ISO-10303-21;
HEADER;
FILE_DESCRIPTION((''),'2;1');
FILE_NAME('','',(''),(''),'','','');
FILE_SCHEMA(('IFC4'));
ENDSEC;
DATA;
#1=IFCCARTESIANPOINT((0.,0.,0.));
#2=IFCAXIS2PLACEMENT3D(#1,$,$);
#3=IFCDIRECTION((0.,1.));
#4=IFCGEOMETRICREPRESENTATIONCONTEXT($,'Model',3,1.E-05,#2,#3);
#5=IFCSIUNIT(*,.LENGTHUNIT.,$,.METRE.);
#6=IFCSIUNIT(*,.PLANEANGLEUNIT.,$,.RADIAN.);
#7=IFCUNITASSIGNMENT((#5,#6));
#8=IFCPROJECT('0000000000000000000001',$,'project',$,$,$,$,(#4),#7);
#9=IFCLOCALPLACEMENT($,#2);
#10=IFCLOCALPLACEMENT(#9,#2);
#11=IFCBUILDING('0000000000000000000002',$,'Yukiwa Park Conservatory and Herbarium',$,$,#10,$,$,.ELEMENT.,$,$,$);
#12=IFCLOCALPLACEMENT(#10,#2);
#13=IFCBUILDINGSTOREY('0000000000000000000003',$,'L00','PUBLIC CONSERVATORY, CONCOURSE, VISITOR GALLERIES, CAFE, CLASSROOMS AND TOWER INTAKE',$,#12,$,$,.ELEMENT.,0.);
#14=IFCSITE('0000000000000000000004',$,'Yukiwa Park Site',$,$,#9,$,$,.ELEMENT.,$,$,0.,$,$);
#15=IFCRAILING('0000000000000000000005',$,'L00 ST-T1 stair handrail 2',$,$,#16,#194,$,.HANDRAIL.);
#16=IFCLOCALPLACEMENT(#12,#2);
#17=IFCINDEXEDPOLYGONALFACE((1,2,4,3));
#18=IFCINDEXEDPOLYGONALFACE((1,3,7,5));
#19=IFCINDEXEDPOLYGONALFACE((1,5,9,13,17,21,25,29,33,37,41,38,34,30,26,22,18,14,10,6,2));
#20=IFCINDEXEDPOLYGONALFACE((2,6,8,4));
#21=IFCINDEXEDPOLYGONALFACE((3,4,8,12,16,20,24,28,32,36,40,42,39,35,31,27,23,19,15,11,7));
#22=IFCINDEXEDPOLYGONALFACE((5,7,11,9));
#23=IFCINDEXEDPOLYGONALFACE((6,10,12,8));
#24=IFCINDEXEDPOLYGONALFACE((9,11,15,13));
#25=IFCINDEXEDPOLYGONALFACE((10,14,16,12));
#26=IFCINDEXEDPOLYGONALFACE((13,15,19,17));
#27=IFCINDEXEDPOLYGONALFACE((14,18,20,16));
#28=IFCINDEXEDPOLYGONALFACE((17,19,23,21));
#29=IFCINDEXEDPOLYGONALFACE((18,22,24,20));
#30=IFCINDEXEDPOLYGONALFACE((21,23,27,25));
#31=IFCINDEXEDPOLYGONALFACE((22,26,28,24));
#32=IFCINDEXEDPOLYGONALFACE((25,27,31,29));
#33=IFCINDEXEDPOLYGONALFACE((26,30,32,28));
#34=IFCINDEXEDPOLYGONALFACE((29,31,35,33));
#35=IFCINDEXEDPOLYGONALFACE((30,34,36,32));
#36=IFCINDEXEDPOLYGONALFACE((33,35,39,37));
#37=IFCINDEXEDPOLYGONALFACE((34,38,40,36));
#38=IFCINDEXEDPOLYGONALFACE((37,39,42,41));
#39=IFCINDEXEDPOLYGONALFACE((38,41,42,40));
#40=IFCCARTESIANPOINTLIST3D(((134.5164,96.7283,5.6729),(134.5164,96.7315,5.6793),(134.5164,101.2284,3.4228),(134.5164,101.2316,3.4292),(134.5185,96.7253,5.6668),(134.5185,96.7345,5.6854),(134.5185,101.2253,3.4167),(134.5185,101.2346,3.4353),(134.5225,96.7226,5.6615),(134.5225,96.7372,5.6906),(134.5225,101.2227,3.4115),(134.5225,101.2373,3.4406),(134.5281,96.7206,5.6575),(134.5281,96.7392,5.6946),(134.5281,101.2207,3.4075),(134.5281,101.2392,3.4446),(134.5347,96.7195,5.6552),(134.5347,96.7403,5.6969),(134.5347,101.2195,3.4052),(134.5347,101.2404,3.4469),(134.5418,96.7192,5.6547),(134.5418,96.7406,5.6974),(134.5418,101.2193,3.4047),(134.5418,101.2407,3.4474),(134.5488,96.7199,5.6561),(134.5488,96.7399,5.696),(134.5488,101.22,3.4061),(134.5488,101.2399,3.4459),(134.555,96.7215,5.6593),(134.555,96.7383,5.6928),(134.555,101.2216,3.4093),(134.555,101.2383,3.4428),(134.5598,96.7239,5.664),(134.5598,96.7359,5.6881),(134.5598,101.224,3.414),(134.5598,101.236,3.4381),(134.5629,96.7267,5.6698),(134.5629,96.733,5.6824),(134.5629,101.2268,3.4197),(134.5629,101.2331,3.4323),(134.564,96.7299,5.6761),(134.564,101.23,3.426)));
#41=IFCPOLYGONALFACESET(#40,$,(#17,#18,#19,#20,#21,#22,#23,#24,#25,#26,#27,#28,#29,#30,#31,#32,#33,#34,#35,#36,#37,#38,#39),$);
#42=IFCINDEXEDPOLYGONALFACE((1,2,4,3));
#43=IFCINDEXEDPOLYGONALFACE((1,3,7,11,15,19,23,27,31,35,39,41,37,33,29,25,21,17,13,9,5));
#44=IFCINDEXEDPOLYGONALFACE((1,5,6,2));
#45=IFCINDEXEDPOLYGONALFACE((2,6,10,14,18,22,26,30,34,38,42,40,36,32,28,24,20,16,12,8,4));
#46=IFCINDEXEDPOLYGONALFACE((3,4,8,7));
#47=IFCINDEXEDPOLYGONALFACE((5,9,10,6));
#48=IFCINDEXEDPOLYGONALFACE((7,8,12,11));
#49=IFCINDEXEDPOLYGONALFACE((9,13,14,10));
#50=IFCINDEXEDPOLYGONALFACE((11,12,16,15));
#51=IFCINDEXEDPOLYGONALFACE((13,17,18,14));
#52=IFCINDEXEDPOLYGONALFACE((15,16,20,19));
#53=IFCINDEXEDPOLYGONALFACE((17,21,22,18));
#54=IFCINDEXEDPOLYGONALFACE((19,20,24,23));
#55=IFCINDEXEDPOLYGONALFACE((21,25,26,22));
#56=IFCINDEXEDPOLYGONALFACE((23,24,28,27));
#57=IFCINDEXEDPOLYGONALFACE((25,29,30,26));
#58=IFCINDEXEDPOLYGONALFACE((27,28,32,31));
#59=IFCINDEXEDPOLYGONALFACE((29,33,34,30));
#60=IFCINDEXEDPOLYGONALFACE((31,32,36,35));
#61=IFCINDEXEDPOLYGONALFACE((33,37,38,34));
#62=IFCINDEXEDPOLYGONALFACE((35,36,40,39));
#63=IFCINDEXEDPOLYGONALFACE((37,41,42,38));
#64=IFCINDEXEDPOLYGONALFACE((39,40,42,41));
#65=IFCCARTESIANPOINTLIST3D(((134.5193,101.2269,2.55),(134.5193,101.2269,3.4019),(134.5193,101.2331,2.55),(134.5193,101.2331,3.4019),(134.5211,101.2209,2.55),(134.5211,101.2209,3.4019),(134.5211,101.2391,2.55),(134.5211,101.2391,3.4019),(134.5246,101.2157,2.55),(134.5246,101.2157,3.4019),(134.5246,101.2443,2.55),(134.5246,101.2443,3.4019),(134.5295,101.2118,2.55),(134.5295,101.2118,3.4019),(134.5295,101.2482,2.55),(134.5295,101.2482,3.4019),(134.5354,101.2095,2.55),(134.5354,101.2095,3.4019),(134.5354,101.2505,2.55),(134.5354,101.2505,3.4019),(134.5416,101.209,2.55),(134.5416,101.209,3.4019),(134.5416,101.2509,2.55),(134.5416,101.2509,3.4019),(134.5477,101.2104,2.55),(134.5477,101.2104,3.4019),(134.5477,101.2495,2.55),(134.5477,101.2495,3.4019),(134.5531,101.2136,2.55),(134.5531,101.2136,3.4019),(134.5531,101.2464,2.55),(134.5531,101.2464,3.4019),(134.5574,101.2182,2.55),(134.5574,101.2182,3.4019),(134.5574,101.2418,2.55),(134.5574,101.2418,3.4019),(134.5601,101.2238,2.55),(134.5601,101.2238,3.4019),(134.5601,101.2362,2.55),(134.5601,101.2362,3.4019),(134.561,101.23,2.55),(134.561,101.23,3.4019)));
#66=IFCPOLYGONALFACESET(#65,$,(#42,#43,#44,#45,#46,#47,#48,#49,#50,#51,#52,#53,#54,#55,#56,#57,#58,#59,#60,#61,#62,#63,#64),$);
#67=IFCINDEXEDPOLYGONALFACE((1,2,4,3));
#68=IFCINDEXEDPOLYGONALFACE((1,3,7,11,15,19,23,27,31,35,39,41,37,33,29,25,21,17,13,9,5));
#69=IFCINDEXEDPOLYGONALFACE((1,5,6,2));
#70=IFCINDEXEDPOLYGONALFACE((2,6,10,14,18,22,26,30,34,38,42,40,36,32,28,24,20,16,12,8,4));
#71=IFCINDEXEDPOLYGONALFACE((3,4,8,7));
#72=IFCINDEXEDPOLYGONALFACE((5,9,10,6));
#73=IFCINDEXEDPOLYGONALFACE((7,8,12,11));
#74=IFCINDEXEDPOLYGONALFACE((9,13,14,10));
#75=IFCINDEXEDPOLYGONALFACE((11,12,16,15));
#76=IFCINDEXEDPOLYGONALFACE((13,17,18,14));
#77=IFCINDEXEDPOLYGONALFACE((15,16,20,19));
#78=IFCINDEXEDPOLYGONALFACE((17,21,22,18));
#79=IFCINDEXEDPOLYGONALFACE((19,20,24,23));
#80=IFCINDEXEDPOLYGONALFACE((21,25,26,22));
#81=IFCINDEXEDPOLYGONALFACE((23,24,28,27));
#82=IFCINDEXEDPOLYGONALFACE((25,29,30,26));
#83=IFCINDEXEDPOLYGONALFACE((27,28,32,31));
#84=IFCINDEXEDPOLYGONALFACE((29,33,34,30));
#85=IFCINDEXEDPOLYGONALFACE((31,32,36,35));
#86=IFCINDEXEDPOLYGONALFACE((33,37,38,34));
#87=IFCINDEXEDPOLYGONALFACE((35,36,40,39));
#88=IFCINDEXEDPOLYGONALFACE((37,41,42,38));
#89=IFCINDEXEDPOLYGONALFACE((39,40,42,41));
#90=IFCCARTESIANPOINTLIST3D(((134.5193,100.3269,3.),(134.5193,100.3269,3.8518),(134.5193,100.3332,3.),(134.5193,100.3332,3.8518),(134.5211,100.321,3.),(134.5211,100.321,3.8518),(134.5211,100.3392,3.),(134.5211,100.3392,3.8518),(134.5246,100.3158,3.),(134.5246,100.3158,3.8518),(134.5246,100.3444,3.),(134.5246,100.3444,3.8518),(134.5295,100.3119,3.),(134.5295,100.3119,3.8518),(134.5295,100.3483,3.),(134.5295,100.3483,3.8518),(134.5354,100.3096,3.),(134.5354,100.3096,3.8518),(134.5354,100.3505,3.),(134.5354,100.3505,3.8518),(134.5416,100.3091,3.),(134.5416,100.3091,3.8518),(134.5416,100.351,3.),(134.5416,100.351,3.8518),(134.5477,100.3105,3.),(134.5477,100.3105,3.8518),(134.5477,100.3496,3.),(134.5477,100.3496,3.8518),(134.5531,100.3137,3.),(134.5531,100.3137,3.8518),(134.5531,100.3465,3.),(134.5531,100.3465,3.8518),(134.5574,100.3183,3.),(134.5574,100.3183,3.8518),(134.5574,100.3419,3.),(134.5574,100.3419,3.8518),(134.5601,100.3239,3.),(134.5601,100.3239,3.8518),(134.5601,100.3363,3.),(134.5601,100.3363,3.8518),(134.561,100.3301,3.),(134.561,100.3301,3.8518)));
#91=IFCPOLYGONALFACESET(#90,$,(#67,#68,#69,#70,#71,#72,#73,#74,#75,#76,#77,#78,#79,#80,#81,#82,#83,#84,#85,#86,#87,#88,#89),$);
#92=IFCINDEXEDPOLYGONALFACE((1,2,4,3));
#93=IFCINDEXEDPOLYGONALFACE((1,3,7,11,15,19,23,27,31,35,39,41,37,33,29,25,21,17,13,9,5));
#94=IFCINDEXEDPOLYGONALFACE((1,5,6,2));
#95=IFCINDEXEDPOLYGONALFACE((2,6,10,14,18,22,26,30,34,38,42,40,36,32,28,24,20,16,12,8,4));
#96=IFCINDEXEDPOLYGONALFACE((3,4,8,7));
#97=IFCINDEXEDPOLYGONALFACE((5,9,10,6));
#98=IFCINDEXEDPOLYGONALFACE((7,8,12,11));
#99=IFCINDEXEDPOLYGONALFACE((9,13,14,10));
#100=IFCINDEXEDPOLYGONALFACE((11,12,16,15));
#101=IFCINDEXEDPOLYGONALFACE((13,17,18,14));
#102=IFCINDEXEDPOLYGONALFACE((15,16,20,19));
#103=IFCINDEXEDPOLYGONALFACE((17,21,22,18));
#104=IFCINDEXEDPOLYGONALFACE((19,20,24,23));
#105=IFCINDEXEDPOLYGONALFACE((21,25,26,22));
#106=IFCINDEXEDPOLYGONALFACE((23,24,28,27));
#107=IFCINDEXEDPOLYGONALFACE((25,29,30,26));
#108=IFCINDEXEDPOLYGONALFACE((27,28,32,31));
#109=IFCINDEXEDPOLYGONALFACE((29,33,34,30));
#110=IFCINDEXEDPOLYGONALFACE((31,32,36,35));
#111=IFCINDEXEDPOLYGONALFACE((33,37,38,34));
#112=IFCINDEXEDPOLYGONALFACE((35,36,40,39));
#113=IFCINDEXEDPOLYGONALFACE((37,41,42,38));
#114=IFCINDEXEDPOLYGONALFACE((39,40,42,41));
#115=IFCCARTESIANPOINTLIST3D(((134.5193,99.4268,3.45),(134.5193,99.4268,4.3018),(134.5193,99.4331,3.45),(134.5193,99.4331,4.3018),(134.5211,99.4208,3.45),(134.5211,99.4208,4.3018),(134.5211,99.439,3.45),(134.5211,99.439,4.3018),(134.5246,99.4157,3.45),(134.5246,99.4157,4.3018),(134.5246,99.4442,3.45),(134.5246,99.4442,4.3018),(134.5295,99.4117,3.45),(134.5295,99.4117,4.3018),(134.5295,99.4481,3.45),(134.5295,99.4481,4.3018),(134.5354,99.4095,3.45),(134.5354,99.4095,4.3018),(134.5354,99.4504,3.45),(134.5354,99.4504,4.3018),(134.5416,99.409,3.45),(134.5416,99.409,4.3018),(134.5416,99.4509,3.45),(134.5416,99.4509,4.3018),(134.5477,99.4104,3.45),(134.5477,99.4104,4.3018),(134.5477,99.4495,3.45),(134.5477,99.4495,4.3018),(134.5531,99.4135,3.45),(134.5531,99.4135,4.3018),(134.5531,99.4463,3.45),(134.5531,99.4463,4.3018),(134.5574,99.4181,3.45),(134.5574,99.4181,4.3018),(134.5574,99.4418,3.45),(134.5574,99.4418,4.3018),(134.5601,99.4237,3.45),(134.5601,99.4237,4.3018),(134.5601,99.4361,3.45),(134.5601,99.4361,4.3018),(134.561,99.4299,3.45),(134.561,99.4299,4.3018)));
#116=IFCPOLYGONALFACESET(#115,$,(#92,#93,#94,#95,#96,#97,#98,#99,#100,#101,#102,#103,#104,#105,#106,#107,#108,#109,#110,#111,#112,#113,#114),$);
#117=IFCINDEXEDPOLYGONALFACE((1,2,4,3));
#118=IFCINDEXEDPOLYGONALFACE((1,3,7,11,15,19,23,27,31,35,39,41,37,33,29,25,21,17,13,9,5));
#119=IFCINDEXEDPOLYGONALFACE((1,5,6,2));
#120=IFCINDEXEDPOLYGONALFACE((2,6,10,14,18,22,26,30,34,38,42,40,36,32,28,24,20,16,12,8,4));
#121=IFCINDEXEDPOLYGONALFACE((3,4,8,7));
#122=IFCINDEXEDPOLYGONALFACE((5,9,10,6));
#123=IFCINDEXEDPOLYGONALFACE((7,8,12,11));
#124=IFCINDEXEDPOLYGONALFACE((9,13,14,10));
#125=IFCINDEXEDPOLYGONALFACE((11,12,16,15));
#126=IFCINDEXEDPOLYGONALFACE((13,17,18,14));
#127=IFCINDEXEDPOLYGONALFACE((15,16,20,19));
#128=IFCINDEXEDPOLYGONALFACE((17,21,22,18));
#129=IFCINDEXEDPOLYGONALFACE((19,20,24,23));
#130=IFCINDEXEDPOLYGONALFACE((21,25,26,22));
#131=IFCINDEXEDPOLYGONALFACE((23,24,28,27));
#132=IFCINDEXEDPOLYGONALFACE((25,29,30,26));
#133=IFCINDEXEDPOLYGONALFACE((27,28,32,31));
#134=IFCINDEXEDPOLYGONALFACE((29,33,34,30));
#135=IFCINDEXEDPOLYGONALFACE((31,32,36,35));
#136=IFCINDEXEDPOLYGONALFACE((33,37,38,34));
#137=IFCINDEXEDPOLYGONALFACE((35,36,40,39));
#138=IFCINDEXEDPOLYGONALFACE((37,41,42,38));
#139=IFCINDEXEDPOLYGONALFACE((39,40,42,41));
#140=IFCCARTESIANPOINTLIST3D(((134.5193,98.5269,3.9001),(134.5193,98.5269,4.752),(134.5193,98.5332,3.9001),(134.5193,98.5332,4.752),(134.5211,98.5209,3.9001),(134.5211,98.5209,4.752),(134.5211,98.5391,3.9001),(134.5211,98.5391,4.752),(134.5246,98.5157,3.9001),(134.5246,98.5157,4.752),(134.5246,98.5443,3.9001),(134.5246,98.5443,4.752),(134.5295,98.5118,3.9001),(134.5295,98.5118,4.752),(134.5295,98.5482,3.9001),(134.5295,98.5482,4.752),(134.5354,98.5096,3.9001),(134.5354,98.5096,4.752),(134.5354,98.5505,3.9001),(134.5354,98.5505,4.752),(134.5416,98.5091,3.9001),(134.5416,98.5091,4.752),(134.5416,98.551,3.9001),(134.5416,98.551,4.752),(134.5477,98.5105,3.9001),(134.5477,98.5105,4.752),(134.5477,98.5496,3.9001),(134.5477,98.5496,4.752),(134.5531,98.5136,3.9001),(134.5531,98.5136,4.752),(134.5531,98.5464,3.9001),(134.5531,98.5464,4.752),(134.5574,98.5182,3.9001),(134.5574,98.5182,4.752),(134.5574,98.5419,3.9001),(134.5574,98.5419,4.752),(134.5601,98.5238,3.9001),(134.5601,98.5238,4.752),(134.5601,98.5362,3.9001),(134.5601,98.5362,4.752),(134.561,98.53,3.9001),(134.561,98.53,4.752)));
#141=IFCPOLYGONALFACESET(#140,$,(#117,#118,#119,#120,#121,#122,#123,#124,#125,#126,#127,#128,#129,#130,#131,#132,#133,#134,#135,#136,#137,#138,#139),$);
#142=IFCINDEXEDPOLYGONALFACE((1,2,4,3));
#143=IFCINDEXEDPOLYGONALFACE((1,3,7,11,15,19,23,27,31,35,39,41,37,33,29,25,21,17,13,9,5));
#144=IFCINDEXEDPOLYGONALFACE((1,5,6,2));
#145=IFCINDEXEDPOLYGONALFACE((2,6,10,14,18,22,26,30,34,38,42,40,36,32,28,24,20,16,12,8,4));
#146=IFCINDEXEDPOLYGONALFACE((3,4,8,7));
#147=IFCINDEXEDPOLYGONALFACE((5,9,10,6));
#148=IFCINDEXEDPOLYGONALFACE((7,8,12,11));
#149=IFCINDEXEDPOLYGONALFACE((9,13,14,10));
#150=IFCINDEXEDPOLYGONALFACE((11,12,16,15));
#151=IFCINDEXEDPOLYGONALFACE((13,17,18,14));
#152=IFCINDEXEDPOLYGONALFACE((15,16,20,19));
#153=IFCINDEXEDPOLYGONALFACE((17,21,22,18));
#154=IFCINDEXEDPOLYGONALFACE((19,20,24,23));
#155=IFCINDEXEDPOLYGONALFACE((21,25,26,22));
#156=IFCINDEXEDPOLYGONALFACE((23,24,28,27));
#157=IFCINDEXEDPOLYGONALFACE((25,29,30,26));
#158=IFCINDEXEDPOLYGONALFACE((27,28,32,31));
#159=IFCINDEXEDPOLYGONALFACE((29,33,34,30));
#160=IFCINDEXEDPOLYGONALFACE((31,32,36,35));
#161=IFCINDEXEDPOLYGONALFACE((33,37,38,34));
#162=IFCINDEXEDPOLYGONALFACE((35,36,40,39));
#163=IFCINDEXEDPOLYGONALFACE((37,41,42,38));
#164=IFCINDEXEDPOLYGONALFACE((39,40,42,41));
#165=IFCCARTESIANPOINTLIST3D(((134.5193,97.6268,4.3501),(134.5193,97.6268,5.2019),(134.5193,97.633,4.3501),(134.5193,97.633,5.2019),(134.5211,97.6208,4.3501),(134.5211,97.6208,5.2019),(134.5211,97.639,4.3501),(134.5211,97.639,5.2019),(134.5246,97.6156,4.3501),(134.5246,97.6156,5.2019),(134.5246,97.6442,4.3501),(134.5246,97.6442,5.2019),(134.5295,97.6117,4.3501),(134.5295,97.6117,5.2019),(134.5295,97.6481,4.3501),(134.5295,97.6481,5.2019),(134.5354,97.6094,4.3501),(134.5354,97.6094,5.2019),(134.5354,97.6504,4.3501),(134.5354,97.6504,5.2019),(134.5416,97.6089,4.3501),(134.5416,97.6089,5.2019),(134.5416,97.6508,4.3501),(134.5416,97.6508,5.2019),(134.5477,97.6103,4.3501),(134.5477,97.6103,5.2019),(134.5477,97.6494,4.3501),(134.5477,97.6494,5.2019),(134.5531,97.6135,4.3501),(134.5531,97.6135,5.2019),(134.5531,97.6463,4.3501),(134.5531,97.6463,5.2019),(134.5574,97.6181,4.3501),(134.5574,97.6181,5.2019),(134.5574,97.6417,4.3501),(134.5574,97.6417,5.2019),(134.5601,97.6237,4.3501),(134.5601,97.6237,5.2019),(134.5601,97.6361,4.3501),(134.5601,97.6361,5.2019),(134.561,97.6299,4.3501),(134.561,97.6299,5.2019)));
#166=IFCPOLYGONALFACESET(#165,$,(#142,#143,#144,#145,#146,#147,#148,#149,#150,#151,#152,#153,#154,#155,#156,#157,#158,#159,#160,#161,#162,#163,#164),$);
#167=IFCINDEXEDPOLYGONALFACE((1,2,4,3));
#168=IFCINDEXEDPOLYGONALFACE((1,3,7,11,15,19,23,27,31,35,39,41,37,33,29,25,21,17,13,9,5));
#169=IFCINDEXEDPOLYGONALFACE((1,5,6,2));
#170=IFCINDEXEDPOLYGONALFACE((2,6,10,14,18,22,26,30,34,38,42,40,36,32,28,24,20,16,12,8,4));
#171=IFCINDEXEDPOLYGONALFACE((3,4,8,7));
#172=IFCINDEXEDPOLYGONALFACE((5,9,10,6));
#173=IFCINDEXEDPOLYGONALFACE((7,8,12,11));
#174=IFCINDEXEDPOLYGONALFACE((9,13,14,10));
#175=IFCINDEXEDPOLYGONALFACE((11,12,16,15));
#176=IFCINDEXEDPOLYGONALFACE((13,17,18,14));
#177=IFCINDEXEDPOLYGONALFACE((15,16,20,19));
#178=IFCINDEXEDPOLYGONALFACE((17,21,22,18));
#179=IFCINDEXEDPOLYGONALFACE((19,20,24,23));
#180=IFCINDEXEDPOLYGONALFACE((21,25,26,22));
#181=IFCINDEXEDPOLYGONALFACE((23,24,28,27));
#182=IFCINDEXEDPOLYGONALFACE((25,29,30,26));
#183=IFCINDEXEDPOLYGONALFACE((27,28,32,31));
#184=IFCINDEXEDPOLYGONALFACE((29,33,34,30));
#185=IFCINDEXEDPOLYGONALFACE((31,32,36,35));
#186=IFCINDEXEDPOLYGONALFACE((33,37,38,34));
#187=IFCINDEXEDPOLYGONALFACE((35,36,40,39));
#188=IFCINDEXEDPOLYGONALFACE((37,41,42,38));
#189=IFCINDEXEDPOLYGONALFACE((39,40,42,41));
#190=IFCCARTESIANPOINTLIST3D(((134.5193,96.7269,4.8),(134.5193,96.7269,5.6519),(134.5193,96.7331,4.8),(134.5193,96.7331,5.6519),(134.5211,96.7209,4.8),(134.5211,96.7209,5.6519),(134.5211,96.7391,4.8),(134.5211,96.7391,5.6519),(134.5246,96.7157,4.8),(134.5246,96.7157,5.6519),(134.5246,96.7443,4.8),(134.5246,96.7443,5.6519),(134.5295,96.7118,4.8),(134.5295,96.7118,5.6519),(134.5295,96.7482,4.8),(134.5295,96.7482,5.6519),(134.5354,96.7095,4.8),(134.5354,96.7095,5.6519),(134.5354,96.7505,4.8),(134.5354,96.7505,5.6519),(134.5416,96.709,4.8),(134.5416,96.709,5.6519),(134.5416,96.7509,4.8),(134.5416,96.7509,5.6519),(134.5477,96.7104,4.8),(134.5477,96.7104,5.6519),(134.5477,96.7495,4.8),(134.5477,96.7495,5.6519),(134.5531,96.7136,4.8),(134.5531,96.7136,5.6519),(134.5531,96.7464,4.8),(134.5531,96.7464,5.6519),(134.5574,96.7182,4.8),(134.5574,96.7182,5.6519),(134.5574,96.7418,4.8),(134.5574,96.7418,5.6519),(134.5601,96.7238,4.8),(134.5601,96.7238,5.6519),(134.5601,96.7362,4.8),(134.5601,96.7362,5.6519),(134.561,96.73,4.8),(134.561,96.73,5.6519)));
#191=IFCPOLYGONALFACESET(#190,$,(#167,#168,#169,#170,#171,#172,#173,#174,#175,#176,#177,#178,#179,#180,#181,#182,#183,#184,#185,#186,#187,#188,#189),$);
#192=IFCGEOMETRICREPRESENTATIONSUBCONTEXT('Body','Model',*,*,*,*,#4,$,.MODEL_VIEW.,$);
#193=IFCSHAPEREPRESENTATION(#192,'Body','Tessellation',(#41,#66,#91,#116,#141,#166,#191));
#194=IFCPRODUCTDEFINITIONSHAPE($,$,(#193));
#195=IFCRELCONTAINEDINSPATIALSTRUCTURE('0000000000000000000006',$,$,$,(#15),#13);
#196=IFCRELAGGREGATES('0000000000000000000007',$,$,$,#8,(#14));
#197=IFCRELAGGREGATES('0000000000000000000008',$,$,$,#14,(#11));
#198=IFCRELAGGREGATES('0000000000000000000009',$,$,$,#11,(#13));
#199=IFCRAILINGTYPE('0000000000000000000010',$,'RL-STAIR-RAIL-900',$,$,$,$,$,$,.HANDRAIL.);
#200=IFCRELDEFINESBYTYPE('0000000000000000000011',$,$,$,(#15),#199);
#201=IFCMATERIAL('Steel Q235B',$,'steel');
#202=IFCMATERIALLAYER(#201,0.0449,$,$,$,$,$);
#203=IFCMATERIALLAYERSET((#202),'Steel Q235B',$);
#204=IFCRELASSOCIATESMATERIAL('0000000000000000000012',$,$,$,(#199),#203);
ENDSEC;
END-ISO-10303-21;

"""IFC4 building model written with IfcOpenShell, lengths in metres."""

from ifc_helpers import new_model, si_unit, direction, frame, origin, origin_2d, place, context, subcontext, project, spatial, circle, extrude, material, layer, layer_set, type_object, element, save


model = new_model("IFC4")

# Units and contexts
model_context = context("Model", 3, precision=1e-05, world=origin(), true_north=direction((0.0, 1.0)))
body_context = subcontext(model_context, "Body", "Model", "MODEL_VIEW")
ifc_project = project(units=[si_unit("LENGTHUNIT", "METRE"), si_unit("PLANEANGLEUNIT", "RADIAN")], contexts=[model_context])

# Site, building, storey
site_placement = place(None, origin())
site = spatial("IfcSite", under=ifc_project, at=site_placement, Name="Yukiwa Park Site", CompositionType="ELEMENT", RefElevation=0.0)
building_placement = place(site_placement, origin())
building = spatial("IfcBuilding", under=site, at=building_placement, Name="Yukiwa Park Conservatory and Herbarium", CompositionType="ELEMENT")
storey_placement = place(building_placement, origin())
storey = spatial("IfcBuildingStorey", under=building, at=storey_placement, Name="L00", Description="PUBLIC CONSERVATORY, CONCOURSE, VISITOR GALLERIES, CAFE, CLASSROOMS AND TOWER INTAKE", CompositionType="ELEMENT", Elevation=0.0)

# Railing
ifc_material_1 = material(Name="Steel Q235B", Category="steel")
ifc_layer_1 = layer(ifc_material_1, 0.0449)
ifc_layer_set_1 = layer_set([ifc_layer_1], Name="Steel Q235B")
railing_type_1 = type_object("IfcRailingType", Name="RL-STAIR-RAIL-900", PredefinedType="HANDRAIL", material=ifc_layer_set_1)
railing_1_placement = place(storey_placement, frame((134.54, 101.23, 2.55)))
element("IfcRailing", 1, at=railing_1_placement, inside=storey, type_object=railing_type_1, Name="L00 ST-T1 stair handrail 2", PredefinedType="HANDRAIL", context=body_context, shape_type="SweptSolid", body=[
    extrude(circle(Radius=0.0239, at=origin_2d()), frame((0.0, 0.0, 0.876), z_axis=(0.0, -0.894427, 0.447214), x_axis=(1.0, 0.0, 0.0)), (0.0, 0.0, 1.0), 5.0312),
    extrude(circle(Radius=0.021, at=origin_2d()), origin(), (0.0, 0.0, 1.0), 0.8518),
    extrude(circle(Radius=0.021, at=origin_2d()), frame((0.0, -0.8999, 0.45)), (0.0, 0.0, 1.0), 0.8518),
    extrude(circle(Radius=0.021, at=origin_2d()), frame((0.0, -1.8, 0.8999)), (0.0, 0.0, 1.0), 0.8518),
    extrude(circle(Radius=0.021, at=origin_2d()), frame((0.0, -2.7, 1.3501)), (0.0, 0.0, 1.0), 0.8518),
    extrude(circle(Radius=0.021, at=origin_2d()), frame((0.0, -3.6001, 1.8)), (0.0, 0.0, 1.0), 0.8518),
    extrude(circle(Radius=0.021, at=origin_2d()), frame((0.0, -4.5, 2.25)), (0.0, 0.0, 1.0), 0.8518),
])

save(model, "model.ifc")
